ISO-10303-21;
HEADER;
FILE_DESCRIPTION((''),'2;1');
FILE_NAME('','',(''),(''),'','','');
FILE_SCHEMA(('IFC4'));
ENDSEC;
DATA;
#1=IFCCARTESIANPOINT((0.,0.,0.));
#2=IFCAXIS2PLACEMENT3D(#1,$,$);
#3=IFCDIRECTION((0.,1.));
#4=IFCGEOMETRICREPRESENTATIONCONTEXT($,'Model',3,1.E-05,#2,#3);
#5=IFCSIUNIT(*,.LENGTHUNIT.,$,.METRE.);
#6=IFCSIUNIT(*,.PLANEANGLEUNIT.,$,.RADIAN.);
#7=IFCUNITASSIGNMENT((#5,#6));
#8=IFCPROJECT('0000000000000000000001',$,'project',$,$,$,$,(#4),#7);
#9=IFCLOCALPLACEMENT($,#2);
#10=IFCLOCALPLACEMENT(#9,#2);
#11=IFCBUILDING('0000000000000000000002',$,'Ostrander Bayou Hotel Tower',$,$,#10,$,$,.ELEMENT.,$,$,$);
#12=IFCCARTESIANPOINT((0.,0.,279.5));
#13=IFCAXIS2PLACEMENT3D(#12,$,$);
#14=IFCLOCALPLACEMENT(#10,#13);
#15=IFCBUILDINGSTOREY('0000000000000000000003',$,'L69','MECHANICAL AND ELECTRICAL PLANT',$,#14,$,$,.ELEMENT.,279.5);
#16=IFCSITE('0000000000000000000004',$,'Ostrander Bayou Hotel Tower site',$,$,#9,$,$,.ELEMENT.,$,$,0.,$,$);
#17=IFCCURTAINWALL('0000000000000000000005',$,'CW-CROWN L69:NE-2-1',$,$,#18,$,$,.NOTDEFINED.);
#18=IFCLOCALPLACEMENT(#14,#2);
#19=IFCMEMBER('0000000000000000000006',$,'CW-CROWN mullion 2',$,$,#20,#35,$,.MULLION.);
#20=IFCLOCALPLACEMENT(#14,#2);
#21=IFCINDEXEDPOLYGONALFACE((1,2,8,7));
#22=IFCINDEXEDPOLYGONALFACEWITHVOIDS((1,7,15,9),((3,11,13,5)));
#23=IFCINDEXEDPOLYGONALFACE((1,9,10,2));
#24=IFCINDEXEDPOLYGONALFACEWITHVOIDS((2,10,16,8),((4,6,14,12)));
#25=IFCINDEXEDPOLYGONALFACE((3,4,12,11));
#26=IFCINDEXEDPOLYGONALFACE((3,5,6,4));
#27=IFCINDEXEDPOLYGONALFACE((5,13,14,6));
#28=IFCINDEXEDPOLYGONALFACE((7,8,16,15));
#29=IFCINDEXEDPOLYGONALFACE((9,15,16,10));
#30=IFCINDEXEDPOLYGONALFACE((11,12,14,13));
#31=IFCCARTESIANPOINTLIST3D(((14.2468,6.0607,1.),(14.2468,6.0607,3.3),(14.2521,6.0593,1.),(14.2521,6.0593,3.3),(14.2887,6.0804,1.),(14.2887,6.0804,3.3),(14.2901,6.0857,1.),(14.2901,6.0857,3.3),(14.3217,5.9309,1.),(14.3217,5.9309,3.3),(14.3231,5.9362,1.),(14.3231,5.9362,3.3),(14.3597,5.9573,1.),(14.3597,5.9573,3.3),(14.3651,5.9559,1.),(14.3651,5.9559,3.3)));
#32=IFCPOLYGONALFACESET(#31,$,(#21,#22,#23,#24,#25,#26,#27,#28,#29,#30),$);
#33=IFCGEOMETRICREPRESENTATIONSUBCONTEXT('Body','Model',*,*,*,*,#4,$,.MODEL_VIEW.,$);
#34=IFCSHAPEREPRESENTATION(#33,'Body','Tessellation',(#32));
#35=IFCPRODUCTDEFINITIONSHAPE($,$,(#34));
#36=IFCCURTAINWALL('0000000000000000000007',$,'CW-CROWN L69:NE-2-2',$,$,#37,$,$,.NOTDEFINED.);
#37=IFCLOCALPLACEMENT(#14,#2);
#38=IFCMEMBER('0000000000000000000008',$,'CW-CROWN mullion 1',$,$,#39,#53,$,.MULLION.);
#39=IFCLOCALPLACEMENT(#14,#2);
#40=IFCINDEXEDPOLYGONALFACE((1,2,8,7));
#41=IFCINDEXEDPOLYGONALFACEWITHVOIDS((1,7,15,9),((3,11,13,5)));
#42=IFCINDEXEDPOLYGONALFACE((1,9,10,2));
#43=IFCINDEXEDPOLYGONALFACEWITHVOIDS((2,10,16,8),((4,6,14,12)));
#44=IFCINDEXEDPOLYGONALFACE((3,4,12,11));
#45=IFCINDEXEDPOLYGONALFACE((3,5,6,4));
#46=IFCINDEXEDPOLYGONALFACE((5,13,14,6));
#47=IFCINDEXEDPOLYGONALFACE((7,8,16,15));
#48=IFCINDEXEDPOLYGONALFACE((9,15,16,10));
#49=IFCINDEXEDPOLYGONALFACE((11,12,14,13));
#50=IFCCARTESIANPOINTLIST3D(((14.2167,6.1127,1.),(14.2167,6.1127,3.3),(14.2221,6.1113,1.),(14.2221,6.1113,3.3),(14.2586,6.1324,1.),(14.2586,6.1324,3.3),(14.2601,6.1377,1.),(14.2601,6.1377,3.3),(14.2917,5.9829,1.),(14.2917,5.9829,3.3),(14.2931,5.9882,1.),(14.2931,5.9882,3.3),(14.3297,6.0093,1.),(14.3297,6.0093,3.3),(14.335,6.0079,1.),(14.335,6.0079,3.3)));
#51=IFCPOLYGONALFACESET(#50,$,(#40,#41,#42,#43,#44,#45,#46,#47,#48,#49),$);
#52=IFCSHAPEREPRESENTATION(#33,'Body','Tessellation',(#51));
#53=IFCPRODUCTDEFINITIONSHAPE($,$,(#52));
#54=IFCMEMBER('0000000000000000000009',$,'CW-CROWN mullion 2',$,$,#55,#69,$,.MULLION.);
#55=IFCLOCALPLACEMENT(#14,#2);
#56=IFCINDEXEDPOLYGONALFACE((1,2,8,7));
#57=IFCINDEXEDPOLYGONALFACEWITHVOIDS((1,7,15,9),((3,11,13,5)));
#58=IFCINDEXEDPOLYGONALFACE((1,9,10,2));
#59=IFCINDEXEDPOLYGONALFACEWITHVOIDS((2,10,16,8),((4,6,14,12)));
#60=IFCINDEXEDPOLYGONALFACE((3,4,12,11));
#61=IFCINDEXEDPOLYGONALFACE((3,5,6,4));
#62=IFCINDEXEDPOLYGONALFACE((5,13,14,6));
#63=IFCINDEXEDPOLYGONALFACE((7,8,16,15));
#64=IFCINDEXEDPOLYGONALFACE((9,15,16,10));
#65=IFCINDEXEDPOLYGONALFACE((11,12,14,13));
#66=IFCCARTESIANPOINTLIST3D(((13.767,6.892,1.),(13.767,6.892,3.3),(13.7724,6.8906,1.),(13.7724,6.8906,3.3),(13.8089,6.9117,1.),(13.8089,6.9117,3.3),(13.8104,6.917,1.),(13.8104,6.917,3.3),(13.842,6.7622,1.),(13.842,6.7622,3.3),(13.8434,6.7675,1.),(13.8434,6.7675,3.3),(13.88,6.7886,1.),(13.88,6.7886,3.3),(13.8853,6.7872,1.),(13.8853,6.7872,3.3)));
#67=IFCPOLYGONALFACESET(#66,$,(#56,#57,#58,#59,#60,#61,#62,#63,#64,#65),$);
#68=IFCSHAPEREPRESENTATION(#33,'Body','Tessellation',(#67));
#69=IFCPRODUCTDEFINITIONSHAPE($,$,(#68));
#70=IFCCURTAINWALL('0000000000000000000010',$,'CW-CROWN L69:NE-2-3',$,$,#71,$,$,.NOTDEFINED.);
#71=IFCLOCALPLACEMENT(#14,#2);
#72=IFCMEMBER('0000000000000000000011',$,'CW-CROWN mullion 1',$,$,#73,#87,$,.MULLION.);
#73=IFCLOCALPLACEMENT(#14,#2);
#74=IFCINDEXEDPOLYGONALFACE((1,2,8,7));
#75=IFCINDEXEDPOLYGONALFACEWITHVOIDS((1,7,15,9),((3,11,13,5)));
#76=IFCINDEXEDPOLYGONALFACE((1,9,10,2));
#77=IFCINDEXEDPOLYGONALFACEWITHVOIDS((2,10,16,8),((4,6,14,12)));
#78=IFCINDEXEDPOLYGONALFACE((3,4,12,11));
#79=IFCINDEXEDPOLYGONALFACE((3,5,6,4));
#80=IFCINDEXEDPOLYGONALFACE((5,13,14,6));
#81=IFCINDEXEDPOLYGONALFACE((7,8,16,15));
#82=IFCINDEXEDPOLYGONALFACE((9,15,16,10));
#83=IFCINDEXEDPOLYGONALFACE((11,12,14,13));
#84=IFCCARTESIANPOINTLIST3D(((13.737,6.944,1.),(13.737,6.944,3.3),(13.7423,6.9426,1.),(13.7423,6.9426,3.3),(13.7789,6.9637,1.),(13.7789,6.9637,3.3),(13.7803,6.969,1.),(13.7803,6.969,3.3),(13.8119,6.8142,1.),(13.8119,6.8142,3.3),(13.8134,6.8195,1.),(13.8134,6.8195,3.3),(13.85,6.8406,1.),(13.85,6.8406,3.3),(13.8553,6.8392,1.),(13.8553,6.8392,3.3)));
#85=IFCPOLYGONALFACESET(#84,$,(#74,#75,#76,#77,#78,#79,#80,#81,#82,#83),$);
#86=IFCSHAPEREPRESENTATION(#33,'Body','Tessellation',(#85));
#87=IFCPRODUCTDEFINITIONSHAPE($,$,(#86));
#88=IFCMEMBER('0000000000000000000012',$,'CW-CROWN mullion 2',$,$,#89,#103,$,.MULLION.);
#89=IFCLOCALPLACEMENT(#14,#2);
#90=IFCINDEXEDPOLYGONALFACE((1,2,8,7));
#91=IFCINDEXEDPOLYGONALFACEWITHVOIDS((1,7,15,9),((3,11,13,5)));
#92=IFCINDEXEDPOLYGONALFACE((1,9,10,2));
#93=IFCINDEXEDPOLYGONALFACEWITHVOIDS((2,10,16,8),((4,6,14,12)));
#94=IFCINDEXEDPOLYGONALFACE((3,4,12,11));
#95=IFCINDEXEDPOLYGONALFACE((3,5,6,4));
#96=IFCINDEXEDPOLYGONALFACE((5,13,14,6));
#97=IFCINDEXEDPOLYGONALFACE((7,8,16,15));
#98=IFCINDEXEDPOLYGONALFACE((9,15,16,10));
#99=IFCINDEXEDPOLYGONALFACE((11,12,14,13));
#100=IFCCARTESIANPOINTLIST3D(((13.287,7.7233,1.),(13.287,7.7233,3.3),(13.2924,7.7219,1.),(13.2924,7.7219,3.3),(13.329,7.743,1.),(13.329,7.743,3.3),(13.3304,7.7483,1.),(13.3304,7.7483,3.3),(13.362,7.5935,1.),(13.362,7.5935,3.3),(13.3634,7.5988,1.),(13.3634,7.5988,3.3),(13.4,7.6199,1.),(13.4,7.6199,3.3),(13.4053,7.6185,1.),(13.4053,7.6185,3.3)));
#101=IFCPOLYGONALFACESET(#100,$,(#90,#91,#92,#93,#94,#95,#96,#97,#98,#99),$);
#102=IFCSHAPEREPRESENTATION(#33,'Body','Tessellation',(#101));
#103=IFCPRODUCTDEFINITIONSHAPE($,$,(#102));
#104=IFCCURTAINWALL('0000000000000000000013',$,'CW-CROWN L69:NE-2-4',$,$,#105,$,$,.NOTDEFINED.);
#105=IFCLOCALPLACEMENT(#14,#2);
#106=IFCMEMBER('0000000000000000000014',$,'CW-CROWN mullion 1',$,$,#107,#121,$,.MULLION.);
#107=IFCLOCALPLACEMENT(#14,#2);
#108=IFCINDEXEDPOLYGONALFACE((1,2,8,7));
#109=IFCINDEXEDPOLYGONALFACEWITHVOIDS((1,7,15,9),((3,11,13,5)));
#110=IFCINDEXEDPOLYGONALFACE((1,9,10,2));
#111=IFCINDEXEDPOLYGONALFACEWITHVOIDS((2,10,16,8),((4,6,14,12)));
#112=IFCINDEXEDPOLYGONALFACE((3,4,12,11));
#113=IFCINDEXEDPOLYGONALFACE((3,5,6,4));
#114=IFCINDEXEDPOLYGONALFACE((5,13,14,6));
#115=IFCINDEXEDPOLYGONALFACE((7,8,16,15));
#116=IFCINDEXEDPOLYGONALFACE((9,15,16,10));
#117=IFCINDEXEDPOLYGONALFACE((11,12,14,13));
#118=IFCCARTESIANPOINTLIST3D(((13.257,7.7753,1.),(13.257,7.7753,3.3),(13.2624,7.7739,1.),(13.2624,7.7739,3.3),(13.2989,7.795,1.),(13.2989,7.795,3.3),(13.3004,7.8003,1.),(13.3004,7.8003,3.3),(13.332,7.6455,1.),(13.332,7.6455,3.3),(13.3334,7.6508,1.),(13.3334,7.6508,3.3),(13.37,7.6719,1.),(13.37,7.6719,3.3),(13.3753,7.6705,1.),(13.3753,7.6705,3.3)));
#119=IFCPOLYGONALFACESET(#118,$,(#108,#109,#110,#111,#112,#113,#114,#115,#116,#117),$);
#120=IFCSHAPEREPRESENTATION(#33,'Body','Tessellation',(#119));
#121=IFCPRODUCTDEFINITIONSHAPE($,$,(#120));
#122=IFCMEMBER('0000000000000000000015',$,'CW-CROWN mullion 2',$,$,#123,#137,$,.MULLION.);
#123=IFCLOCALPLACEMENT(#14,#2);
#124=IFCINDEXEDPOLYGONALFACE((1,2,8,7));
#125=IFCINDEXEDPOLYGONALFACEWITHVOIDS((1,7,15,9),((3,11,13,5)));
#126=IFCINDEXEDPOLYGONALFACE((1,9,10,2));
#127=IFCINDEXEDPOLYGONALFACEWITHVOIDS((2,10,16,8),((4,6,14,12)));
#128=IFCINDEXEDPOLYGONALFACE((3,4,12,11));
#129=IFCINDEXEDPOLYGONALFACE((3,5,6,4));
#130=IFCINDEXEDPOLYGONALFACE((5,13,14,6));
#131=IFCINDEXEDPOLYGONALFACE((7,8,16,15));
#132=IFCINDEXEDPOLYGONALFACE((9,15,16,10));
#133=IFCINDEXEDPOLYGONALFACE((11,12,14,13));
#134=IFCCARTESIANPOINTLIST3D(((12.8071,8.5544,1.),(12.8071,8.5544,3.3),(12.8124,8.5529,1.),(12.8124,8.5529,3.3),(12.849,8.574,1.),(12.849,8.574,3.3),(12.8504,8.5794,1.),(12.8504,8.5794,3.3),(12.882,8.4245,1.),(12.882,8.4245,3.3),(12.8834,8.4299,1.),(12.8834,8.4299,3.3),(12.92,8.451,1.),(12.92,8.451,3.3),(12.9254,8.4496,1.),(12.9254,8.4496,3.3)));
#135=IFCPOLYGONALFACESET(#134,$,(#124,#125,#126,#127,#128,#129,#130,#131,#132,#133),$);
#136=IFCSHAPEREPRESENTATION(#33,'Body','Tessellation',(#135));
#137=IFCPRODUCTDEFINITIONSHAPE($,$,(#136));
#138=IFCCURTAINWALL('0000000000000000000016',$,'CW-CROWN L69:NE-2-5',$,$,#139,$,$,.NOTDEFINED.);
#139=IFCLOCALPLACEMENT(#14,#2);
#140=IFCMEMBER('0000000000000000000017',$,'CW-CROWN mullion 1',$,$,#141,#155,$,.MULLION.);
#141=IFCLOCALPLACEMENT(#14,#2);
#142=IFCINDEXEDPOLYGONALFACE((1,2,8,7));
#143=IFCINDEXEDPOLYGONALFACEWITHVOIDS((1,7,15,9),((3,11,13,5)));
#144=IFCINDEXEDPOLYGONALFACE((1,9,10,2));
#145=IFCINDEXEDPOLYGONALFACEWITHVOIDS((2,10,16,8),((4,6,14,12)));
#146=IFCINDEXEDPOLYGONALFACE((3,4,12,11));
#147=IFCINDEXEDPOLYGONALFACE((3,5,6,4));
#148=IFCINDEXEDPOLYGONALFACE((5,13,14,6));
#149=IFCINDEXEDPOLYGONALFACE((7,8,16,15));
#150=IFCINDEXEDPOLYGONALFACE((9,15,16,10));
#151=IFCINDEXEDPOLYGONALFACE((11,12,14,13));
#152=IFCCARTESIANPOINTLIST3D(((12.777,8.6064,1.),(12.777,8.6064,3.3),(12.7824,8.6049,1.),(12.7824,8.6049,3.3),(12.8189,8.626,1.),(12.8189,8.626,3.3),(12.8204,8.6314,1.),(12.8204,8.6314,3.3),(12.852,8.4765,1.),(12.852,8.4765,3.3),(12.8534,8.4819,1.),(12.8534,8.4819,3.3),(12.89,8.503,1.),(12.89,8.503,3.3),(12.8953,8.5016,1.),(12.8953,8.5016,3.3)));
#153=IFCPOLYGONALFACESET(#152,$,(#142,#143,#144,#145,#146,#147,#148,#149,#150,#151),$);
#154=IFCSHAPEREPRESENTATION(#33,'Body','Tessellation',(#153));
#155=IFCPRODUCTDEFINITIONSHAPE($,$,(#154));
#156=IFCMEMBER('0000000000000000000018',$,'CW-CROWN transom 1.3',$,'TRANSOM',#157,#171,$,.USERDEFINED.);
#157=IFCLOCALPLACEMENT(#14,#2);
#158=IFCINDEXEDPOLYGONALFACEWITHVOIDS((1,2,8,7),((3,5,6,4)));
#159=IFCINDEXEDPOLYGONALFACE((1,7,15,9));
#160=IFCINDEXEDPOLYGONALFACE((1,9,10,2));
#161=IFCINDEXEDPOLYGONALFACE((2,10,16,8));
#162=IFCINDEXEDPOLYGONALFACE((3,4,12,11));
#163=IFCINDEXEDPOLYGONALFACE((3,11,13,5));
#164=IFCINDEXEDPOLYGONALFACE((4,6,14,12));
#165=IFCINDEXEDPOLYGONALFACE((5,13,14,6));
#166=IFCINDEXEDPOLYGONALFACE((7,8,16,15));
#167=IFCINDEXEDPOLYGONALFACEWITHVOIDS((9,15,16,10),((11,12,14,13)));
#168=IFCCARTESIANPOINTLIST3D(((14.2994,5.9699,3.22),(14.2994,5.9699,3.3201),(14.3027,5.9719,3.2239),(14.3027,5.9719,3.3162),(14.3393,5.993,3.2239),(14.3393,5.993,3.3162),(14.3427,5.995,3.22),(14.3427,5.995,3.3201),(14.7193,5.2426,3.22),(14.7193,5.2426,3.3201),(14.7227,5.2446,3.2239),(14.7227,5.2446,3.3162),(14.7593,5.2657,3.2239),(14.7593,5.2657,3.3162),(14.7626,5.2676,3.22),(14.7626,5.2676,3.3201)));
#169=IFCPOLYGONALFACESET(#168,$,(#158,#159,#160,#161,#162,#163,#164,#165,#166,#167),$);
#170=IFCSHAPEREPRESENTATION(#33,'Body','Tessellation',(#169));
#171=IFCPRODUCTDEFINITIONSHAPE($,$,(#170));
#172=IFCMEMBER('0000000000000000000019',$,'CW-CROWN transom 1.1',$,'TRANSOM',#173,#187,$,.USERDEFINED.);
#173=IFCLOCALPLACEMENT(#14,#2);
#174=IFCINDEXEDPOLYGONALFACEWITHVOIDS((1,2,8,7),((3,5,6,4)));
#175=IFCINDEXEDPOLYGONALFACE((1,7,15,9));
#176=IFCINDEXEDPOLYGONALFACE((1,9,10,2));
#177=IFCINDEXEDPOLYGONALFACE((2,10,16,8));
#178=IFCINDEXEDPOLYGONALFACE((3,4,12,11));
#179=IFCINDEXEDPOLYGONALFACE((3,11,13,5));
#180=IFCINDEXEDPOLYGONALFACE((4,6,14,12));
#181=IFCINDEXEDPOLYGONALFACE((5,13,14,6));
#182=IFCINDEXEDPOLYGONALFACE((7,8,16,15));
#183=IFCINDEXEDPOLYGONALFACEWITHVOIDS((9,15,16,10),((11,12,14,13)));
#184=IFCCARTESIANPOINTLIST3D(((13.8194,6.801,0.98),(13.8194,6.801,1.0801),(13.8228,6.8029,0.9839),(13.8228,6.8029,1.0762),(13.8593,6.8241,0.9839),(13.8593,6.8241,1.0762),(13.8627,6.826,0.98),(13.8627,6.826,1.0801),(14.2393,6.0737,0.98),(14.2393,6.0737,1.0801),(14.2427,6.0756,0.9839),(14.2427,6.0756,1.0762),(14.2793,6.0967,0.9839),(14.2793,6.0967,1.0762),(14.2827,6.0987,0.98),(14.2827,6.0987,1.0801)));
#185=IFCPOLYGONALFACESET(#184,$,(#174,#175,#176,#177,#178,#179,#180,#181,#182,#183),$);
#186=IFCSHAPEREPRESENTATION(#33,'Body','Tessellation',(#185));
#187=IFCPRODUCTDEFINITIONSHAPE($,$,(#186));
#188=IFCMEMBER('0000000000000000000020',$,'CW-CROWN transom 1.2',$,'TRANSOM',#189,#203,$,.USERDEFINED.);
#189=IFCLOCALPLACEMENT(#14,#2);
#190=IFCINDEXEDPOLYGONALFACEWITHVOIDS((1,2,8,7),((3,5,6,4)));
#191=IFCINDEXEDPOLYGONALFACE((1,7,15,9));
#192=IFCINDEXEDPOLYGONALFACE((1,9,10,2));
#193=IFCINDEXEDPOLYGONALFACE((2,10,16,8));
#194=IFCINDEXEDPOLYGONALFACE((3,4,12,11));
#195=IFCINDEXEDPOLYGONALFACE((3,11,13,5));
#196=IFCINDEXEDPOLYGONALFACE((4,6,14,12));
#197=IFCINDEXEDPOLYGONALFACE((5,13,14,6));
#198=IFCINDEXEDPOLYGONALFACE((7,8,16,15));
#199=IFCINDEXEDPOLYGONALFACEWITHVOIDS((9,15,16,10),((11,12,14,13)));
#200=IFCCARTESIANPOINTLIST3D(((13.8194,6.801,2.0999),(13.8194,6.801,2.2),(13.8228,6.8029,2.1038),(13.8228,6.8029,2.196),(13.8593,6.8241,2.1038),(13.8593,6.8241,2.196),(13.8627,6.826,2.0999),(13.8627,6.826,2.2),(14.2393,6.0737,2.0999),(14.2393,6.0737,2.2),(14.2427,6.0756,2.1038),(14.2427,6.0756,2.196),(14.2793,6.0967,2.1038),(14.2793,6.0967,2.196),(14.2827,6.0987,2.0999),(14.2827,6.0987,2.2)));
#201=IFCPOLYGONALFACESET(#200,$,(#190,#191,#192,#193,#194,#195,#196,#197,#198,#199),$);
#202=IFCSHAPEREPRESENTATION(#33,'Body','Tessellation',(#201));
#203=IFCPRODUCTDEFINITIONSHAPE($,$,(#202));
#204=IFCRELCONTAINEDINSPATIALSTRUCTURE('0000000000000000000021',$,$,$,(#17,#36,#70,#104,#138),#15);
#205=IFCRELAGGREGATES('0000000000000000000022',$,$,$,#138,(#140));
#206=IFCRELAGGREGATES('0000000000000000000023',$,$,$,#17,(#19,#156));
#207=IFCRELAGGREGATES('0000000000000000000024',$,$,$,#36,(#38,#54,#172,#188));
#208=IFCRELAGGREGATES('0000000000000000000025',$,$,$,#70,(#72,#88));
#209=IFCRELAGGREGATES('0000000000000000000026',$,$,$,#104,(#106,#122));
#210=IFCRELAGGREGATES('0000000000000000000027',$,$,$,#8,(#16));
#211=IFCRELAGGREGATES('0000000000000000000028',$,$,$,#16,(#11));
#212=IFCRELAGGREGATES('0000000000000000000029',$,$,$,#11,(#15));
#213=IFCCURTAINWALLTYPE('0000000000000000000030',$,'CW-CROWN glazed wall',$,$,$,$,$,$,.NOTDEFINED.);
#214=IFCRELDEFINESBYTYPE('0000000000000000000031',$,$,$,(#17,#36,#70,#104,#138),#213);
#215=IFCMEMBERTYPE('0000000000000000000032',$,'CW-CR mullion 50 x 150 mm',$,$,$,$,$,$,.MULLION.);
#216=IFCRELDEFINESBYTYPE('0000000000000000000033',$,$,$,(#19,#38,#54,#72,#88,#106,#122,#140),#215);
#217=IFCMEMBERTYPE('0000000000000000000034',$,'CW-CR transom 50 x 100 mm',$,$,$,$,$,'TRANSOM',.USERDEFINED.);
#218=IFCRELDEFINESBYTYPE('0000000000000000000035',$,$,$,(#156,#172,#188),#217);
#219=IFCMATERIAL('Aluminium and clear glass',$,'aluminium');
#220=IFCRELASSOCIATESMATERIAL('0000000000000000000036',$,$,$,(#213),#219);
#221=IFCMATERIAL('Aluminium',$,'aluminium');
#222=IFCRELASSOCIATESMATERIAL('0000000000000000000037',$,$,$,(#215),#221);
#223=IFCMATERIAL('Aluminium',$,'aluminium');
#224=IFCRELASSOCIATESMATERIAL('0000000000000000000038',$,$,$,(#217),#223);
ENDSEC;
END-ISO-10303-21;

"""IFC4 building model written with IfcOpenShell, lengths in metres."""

from ifc_helpers import new_model, si_unit, direction, frame, origin, origin_2d, place, context, subcontext, project, spatial, hollow_rectangle, extrude, material, material_profile, profile_set, type_object, element, aggregate, save


model = new_model("IFC4")

# Units and contexts
model_context = context("Model", 3, precision=1e-05, world=origin(), true_north=direction((0.0, 1.0)))
body_context = subcontext(model_context, "Body", "Model", "MODEL_VIEW")
ifc_project = project(units=[si_unit("LENGTHUNIT", "METRE"), si_unit("PLANEANGLEUNIT", "RADIAN")], contexts=[model_context])

# Site, building, storey
site_placement = place(None, origin())
site = spatial("IfcSite", under=ifc_project, at=site_placement, Name="Ostrander Bayou Hotel Tower site", CompositionType="ELEMENT", RefElevation=0.0)
building_placement = place(site_placement, origin())
building = spatial("IfcBuilding", under=site, at=building_placement, Name="Ostrander Bayou Hotel Tower", CompositionType="ELEMENT")
storey_placement = place(building_placement, frame((0.0, 0.0, 279.5)))
storey = spatial("IfcBuildingStorey", under=building, at=storey_placement, Name="L69", Description="MECHANICAL AND ELECTRICAL PLANT", CompositionType="ELEMENT", Elevation=279.5)

# Curtain wall, member
ifc_material_1 = material(Name="Aluminium and clear glass", Category="aluminium")
curtain_wall_type = type_object("IfcCurtainWallType", Name="CW-CROWN glazed wall", PredefinedType="NOTDEFINED", material=ifc_material_1)
curtain_wall_1_placement = place(storey_placement, origin())
curtain_wall_1 = element("IfcCurtainWall", 1, at=curtain_wall_1_placement, inside=storey, type_object=curtain_wall_type, Name="CW-CROWN L69:NE-2-1", PredefinedType="NOTDEFINED")
ifc_material_2 = material(Name="Aluminium", Category="aluminium")
ifc_material_profile_1 = material_profile(ifc_material_2, hollow_rectangle(XDim=0.05, YDim=0.1499, WallThickness=0.0039, at=origin_2d()))
ifc_profile_set_1 = profile_set([ifc_material_profile_1], Name="Aluminium")
member_type_1 = type_object("IfcMemberType", Name="CW-CR mullion 50 x 150 mm", PredefinedType="MULLION", material=ifc_profile_set_1)
member_1_placement = place(storey_placement, frame((14.3059, 6.0083, 1.0), z_axis=(0.0, 0.0, 1.0), x_axis=(-0.866022, -0.500005, 0.0)))
member_1 = element("IfcMember", 2, at=member_1_placement, type_object=member_type_1, Name="CW-CROWN mullion 2", PredefinedType="MULLION", context=body_context, shape_type="SweptSolid", body=[
    extrude(hollow_rectangle(XDim=0.05, YDim=0.1499, WallThickness=0.0039, at=origin_2d()), origin(), (0.0, 0.0, 1.0), 2.3),
])

# Curtain walls, members
curtain_wall_2_placement = place(storey_placement, origin())
curtain_wall_2 = element("IfcCurtainWall", 3, at=curtain_wall_2_placement, inside=storey, type_object=curtain_wall_type, Name="CW-CROWN L69:NE-2-2", PredefinedType="NOTDEFINED")
member_2_placement = place(storey_placement, frame((14.2759, 6.0603, 1.0), z_axis=(0.0, 0.0, 1.0), x_axis=(-0.866022, -0.500005, 0.0)))
member_2 = element("IfcMember", 4, at=member_2_placement, type_object=member_type_1, Name="CW-CROWN mullion 1", PredefinedType="MULLION", context=body_context, shape_type="SweptSolid", body=[
    extrude(hollow_rectangle(XDim=0.05, YDim=0.1499, WallThickness=0.0039, at=origin_2d()), origin(), (0.0, 0.0, 1.0), 2.3),
])
member_3_placement = place(storey_placement, frame((13.8262, 6.8396, 1.0), z_axis=(0.0, 0.0, 1.0), x_axis=(-0.866022, -0.500005, 0.0)))
member_3 = element("IfcMember", 5, at=member_3_placement, type_object=member_type_1, Name="CW-CROWN mullion 2", PredefinedType="MULLION", context=body_context, shape_type="SweptSolid", body=[
    extrude(hollow_rectangle(XDim=0.05, YDim=0.1499, WallThickness=0.0039, at=origin_2d()), origin(), (0.0, 0.0, 1.0), 2.3),
])
curtain_wall_3_placement = place(storey_placement, origin())
curtain_wall_3 = element("IfcCurtainWall", 6, at=curtain_wall_3_placement, inside=storey, type_object=curtain_wall_type, Name="CW-CROWN L69:NE-2-3", PredefinedType="NOTDEFINED")
member_4_placement = place(storey_placement, frame((13.7961, 6.8916, 1.0), z_axis=(0.0, 0.0, 1.0), x_axis=(-0.866049, -0.49996, 0.0)))
member_4 = element("IfcMember", 7, at=member_4_placement, type_object=member_type_1, Name="CW-CROWN mullion 1", PredefinedType="MULLION", context=body_context, shape_type="SweptSolid", body=[
    extrude(hollow_rectangle(XDim=0.05, YDim=0.1499, WallThickness=0.0039, at=origin_2d()), origin(), (0.0, 0.0, 1.0), 2.3),
])
member_5_placement = place(storey_placement, frame((13.3462, 7.6709, 1.0), z_axis=(0.0, 0.0, 1.0), x_axis=(-0.866049, -0.49996, 0.0)))
member_5 = element("IfcMember", 8, at=member_5_placement, type_object=member_type_1, Name="CW-CROWN mullion 2", PredefinedType="MULLION", context=body_context, shape_type="SweptSolid", body=[
    extrude(hollow_rectangle(XDim=0.05, YDim=0.1499, WallThickness=0.0039, at=origin_2d()), origin(), (0.0, 0.0, 1.0), 2.3),
])
curtain_wall_4_placement = place(storey_placement, origin())
curtain_wall_4 = element("IfcCurtainWall", 9, at=curtain_wall_4_placement, inside=storey, type_object=curtain_wall_type, Name="CW-CROWN L69:NE-2-4", PredefinedType="NOTDEFINED")
member_6_placement = place(storey_placement, frame((13.3162, 7.7229, 1.0), z_axis=(0.0, 0.0, 1.0), x_axis=(-0.866022, -0.500005, 0.0)))
member_6 = element("IfcMember", 10, at=member_6_placement, type_object=member_type_1, Name="CW-CROWN mullion 1", PredefinedType="MULLION", context=body_context, shape_type="SweptSolid", body=[
    extrude(hollow_rectangle(XDim=0.05, YDim=0.1499, WallThickness=0.0039, at=origin_2d()), origin(), (0.0, 0.0, 1.0), 2.3),
])
member_7_placement = place(storey_placement, frame((12.8662, 8.502, 1.0), z_axis=(0.0, 0.0, 1.0), x_axis=(-0.866022, -0.500005, 0.0)))
member_7 = element("IfcMember", 11, at=member_7_placement, type_object=member_type_1, Name="CW-CROWN mullion 2", PredefinedType="MULLION", context=body_context, shape_type="SweptSolid", body=[
    extrude(hollow_rectangle(XDim=0.05, YDim=0.1499, WallThickness=0.0039, at=origin_2d()), origin(), (0.0, 0.0, 1.0), 2.3),
])

# Curtain wall, member
curtain_wall_5_placement = place(storey_placement, origin())
curtain_wall_5 = element("IfcCurtainWall", 12, at=curtain_wall_5_placement, inside=storey, type_object=curtain_wall_type, Name="CW-CROWN L69:NE-2-5", PredefinedType="NOTDEFINED")
member_8_placement = place(storey_placement, frame((12.8362, 8.554, 1.0), z_axis=(0.0, 0.0, 1.0), x_axis=(-0.866022, -0.500005, 0.0)))
member_8 = element("IfcMember", 13, at=member_8_placement, type_object=member_type_1, Name="CW-CROWN mullion 1", PredefinedType="MULLION", context=body_context, shape_type="SweptSolid", body=[
    extrude(hollow_rectangle(XDim=0.05, YDim=0.1499, WallThickness=0.0039, at=origin_2d()), origin(), (0.0, 0.0, 1.0), 2.3),
])

# Members
ifc_material_3 = material(Name="Aluminium", Category="aluminium")
ifc_material_profile_2 = material_profile(ifc_material_3, hollow_rectangle(XDim=0.05, YDim=0.1001, WallThickness=0.0039, at=origin_2d()))
ifc_profile_set_2 = profile_set([ifc_material_profile_2], Name="Aluminium")
member_type_2 = type_object("IfcMemberType", Name="CW-CR transom 50 x 100 mm", ElementType="TRANSOM", PredefinedType="USERDEFINED", material=ifc_profile_set_2)
member_9_placement = place(storey_placement, frame((14.741, 5.2551, 3.27), z_axis=(-0.500016, 0.866016, 0.0), x_axis=(-0.866016, -0.500016, 0.0)))
member_9 = element("IfcMember", 14, at=member_9_placement, type_object=member_type_2, Name="CW-CROWN transom 1.3", ObjectType="TRANSOM", PredefinedType="USERDEFINED", context=body_context, shape_type="SweptSolid", body=[
    extrude(hollow_rectangle(XDim=0.05, YDim=0.1001, WallThickness=0.0039, at=origin_2d()), origin(), (0.0, 0.0, 1.0), 0.8398),
])
member_10_placement = place(storey_placement, frame((14.261, 6.0862, 1.03), z_axis=(-0.500016, 0.866016, 0.0), x_axis=(-0.866016, -0.500016, 0.0)))
member_10 = element("IfcMember", 15, at=member_10_placement, type_object=member_type_2, Name="CW-CROWN transom 1.1", ObjectType="TRANSOM", PredefinedType="USERDEFINED", context=body_context, shape_type="SweptSolid", body=[
    extrude(hollow_rectangle(XDim=0.05, YDim=0.1001, WallThickness=0.0039, at=origin_2d()), origin(), (0.0, 0.0, 1.0), 0.8398),
])
member_11_placement = place(storey_placement, frame((14.261, 6.0862, 2.1499), z_axis=(-0.500016, 0.866016, 0.0), x_axis=(-0.866016, -0.500016, 0.0)))
member_11 = element("IfcMember", 16, at=member_11_placement, type_object=member_type_2, Name="CW-CROWN transom 1.2", ObjectType="TRANSOM", PredefinedType="USERDEFINED", context=body_context, shape_type="SweptSolid", body=[
    extrude(hollow_rectangle(XDim=0.05, YDim=0.1001, WallThickness=0.0039, at=origin_2d()), origin(), (0.0, 0.0, 1.0), 0.8398),
])
aggregate(curtain_wall_5, [member_8])

aggregate(curtain_wall_1, [member_1, member_9])
aggregate(curtain_wall_2, [member_2, member_3, member_10, member_11])
aggregate(curtain_wall_3, [member_4, member_5])
aggregate(curtain_wall_4, [member_6, member_7])

save(model, "model.ifc")
